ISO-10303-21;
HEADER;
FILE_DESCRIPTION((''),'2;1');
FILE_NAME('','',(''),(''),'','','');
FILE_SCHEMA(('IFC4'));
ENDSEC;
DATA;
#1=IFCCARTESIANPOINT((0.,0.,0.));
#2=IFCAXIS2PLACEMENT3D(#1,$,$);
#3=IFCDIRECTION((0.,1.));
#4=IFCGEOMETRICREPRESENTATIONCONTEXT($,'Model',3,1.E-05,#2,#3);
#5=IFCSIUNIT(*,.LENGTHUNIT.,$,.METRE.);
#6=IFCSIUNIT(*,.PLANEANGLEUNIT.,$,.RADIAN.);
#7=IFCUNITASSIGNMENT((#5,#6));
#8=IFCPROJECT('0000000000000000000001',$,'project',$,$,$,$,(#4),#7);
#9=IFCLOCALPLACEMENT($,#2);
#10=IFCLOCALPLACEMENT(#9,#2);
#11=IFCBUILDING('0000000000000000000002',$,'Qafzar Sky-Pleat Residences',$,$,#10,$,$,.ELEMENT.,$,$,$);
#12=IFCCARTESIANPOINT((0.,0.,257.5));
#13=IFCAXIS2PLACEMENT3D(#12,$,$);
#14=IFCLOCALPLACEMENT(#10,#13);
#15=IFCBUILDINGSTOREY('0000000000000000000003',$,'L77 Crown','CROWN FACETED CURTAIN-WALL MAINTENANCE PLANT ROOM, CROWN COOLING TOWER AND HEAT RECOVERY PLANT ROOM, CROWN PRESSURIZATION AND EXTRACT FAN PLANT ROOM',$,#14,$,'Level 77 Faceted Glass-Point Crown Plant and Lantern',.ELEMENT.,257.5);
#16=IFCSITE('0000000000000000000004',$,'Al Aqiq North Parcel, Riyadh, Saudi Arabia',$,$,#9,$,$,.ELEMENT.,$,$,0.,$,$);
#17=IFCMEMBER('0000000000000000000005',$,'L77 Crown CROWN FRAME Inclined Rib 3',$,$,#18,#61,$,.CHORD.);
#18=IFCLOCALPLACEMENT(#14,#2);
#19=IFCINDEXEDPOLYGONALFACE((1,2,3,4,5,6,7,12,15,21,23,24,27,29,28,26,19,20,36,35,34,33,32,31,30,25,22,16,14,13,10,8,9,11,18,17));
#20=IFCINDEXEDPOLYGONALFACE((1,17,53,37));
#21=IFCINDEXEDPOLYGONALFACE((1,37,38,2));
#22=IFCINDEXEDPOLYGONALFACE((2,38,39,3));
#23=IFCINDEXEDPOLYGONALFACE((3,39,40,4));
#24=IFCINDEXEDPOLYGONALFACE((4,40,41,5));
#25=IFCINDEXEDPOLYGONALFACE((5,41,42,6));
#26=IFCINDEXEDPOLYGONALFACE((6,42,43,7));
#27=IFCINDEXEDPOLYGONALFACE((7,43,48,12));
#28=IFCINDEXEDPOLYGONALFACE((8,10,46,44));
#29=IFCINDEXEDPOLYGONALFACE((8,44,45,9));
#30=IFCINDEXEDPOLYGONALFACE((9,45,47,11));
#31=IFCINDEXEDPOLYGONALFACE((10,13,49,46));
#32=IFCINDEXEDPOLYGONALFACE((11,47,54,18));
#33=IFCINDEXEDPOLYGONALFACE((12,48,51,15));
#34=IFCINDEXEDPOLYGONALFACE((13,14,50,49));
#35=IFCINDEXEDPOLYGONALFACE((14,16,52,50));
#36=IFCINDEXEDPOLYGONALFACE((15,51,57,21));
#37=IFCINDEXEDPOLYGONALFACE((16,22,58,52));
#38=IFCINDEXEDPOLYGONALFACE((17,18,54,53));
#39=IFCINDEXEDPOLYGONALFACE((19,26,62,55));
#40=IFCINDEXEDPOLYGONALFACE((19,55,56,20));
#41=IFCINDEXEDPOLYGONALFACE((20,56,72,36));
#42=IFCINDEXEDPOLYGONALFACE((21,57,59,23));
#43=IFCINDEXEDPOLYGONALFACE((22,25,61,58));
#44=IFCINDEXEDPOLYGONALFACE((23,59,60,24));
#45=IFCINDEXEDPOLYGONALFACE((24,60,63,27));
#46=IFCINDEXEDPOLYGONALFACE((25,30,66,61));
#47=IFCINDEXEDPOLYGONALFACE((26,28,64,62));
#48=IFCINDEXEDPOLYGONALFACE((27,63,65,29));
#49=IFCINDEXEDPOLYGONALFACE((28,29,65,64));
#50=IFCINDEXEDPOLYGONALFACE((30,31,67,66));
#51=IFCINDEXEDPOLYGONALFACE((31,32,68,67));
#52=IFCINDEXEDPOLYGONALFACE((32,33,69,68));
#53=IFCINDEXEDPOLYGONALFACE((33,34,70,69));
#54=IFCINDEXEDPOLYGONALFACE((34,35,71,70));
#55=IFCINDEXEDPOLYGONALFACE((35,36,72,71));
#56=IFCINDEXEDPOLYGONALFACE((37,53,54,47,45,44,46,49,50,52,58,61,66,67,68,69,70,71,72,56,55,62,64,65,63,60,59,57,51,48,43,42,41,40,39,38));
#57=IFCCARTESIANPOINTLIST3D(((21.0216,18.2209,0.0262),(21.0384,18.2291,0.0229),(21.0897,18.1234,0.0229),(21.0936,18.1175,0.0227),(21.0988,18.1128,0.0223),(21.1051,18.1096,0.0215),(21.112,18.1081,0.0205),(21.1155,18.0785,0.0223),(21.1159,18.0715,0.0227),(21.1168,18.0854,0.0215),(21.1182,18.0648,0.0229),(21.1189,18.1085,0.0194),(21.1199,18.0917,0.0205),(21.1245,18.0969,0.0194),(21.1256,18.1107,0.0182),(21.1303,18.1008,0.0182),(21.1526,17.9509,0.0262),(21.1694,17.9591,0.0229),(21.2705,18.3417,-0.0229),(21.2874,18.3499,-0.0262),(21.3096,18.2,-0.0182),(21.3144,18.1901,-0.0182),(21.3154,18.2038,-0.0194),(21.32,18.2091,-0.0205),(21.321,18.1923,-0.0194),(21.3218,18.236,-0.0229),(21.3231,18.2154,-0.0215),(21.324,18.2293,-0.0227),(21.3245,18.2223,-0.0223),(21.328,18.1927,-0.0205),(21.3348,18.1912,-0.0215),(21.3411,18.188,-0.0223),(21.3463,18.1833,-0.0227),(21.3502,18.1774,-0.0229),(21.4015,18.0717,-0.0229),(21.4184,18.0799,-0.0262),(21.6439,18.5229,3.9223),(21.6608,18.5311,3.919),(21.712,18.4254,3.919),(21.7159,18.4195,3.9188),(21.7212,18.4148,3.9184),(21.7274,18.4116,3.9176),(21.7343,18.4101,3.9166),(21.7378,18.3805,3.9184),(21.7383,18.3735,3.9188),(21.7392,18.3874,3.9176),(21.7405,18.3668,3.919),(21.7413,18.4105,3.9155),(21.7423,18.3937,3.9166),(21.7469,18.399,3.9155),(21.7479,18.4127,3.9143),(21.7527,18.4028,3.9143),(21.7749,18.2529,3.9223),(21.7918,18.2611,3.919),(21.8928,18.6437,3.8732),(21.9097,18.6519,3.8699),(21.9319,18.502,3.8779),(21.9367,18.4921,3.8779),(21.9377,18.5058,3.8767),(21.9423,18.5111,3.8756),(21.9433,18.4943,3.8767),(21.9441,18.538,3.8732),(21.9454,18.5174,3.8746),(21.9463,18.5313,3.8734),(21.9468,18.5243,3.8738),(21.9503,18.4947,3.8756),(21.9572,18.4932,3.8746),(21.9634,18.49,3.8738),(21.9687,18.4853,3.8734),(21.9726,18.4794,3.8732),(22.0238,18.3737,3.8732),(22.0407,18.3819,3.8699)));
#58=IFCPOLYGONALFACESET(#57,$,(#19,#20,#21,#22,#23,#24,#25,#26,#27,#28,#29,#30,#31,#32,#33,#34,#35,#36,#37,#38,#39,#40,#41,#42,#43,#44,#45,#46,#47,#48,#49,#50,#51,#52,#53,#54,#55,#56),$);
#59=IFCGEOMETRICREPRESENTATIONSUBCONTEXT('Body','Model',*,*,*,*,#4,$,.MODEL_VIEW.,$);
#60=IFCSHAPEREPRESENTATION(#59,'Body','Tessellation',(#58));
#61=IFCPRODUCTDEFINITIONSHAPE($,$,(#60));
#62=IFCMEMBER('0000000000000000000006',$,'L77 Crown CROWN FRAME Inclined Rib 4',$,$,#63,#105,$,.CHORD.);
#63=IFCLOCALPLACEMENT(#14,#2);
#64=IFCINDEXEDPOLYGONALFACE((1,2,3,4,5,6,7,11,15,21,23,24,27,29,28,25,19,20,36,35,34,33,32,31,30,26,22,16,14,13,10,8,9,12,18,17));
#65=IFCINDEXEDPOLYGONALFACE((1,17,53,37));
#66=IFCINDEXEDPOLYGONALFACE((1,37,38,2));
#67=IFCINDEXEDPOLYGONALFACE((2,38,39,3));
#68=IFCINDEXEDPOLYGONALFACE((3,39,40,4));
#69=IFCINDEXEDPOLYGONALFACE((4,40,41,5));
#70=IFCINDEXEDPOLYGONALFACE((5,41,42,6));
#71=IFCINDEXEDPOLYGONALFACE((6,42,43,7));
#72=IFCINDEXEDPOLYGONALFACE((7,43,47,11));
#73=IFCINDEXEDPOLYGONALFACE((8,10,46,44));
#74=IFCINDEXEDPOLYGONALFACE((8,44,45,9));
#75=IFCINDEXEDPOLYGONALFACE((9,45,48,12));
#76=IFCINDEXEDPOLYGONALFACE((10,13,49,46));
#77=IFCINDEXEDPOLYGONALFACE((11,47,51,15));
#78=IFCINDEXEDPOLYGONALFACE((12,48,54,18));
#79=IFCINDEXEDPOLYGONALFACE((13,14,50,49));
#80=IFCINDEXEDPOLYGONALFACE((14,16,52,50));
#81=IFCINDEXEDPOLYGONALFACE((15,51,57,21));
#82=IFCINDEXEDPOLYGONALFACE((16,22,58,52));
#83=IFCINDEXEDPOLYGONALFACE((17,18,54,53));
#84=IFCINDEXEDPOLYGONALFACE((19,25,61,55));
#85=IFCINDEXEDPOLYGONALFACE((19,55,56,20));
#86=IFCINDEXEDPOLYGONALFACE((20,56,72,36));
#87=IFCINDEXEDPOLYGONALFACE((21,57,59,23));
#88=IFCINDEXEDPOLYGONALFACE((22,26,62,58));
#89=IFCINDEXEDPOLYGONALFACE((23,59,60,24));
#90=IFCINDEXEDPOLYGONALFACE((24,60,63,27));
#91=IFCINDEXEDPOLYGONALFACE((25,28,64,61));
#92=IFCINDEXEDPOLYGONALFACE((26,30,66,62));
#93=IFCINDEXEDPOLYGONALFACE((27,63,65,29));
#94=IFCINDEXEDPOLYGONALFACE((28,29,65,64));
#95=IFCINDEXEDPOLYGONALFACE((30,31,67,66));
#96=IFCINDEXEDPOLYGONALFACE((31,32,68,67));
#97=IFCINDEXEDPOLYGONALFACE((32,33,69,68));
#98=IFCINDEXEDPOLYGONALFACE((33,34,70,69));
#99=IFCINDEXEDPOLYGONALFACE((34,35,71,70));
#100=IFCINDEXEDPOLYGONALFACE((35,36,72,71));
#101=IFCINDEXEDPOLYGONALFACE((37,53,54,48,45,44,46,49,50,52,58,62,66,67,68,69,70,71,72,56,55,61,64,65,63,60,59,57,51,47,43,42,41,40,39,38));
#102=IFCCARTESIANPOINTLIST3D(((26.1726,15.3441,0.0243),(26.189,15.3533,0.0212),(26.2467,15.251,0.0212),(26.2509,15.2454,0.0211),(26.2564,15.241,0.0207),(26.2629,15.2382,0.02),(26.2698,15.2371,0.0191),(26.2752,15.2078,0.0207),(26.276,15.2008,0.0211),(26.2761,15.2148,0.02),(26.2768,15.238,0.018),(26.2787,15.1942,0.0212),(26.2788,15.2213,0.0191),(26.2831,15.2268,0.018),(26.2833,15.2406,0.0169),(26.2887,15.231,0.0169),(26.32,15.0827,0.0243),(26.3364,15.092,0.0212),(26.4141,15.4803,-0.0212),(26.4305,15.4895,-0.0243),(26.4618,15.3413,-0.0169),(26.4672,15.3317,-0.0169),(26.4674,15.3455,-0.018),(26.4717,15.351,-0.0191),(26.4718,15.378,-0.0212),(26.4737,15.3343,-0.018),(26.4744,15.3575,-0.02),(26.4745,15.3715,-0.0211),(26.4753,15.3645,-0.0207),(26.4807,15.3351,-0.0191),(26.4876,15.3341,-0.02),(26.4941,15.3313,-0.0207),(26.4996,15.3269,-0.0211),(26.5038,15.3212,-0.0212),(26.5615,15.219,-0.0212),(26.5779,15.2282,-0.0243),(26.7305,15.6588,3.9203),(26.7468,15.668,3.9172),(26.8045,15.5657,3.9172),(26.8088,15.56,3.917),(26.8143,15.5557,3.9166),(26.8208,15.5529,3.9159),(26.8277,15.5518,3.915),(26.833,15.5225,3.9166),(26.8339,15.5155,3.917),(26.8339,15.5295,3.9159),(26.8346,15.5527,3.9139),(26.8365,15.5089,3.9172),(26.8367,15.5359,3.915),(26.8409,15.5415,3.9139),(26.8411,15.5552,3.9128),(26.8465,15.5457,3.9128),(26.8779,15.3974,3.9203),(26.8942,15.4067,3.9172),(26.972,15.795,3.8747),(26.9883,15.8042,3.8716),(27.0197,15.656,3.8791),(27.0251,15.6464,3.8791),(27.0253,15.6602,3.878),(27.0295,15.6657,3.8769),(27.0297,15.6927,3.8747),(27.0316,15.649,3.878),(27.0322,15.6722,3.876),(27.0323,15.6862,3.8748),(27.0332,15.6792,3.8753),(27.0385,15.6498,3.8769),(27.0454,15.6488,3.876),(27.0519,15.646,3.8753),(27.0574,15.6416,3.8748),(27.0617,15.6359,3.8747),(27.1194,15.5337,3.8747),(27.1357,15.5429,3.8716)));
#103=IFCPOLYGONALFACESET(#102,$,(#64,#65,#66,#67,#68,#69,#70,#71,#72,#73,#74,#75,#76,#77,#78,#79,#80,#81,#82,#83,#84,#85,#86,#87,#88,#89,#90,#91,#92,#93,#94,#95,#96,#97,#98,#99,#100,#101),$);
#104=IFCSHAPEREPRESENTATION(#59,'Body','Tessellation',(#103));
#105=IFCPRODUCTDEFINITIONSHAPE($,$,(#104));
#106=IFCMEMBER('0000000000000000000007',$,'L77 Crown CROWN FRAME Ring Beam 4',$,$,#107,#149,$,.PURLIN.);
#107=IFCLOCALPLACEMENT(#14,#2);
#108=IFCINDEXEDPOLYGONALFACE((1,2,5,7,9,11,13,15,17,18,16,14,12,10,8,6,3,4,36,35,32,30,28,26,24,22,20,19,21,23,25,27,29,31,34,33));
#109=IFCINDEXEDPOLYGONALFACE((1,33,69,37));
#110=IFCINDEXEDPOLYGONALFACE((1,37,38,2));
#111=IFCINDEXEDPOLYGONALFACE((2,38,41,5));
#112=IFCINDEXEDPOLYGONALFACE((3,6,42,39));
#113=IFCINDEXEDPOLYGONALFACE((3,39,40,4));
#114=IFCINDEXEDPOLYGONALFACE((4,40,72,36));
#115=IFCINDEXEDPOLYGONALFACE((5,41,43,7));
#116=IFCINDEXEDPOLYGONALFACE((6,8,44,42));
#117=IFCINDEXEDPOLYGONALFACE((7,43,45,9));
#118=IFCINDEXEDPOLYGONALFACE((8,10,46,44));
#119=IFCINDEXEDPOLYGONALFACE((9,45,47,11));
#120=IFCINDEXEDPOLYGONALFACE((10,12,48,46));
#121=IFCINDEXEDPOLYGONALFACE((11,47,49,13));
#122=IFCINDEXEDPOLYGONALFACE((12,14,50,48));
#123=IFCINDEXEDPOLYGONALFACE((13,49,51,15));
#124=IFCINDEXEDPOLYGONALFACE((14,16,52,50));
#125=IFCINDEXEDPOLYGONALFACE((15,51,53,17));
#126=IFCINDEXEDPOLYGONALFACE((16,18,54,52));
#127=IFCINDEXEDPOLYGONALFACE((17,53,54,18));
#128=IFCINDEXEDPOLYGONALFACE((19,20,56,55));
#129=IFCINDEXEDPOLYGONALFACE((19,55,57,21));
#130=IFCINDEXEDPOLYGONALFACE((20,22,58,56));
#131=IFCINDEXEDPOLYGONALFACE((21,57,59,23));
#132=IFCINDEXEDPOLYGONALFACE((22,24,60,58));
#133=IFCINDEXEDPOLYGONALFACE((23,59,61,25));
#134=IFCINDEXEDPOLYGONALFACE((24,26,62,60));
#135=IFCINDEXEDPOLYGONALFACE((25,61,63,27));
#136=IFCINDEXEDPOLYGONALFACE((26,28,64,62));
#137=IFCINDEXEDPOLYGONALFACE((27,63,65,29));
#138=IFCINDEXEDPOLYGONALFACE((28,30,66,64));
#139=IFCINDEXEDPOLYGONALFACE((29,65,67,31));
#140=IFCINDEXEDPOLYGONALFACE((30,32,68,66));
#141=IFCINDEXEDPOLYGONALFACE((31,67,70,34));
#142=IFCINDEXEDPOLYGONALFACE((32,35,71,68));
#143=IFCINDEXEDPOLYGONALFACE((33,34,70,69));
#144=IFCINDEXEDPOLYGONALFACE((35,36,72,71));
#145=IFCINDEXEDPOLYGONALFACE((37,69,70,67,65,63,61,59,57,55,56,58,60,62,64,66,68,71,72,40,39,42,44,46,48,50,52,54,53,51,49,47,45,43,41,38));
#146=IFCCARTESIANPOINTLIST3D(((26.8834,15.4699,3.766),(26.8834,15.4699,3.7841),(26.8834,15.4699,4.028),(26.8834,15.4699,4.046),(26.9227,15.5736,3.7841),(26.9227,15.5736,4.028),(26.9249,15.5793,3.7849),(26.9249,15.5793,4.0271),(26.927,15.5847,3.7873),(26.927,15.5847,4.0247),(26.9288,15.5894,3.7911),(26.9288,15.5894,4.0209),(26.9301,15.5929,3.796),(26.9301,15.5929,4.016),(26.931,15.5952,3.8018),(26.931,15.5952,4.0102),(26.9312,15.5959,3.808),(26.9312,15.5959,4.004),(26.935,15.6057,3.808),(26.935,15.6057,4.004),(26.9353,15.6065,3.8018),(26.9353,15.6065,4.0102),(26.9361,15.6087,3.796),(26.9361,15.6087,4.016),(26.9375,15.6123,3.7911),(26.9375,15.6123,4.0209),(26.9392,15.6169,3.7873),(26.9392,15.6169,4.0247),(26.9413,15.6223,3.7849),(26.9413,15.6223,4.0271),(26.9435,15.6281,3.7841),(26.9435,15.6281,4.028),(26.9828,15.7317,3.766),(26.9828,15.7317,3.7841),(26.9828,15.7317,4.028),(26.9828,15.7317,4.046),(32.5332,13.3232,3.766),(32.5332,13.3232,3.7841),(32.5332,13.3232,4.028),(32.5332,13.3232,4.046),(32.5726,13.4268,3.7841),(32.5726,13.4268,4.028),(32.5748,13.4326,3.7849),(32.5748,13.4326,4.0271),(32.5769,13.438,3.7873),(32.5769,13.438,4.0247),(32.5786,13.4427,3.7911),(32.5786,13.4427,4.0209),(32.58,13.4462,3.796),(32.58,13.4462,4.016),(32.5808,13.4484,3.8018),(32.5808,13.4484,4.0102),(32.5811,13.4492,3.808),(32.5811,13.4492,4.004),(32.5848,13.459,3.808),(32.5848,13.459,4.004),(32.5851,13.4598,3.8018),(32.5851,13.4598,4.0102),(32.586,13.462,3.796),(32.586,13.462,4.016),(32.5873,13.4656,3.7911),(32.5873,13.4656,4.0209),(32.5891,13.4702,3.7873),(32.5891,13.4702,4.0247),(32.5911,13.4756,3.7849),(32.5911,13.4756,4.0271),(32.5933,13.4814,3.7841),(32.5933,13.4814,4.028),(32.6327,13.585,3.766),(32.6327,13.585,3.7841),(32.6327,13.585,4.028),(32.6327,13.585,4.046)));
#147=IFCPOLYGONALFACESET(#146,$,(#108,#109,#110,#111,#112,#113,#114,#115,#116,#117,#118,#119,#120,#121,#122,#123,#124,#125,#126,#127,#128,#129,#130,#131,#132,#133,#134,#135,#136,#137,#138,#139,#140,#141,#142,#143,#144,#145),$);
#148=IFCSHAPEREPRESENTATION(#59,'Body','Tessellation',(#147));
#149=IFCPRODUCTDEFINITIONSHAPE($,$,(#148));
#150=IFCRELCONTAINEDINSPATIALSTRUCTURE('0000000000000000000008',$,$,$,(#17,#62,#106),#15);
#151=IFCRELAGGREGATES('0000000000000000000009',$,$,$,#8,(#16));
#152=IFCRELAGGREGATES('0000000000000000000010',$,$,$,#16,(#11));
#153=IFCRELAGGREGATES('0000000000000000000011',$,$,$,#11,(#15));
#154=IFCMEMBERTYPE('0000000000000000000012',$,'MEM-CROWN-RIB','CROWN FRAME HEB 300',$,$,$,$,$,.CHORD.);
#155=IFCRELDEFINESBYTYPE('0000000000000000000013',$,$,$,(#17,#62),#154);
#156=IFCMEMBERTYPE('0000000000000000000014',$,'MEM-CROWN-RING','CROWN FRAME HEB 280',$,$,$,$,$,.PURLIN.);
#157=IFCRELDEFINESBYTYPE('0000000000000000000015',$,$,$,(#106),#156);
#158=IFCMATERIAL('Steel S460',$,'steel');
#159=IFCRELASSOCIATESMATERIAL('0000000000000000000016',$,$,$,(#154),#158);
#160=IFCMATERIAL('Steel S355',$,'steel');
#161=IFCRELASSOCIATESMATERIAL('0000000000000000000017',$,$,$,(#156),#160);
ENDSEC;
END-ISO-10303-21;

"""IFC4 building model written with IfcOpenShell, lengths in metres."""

from ifc_helpers import new_model, si_unit, direction, frame, origin, origin_2d, place, context, subcontext, project, spatial, i_section, extrude, source, transform, mapped, material, material_profile, profile_set, type_object, element, save


model = new_model("IFC4")

# Units and contexts
model_context = context("Model", 3, precision=1e-05, world=origin(), true_north=direction((0.0, 1.0)))
body_context = subcontext(model_context, "Body", "Model", "MODEL_VIEW")
ifc_project = project(units=[si_unit("LENGTHUNIT", "METRE"), si_unit("PLANEANGLEUNIT", "RADIAN")], contexts=[model_context])

# Site, building, storey
site_placement = place(None, origin())
site = spatial("IfcSite", under=ifc_project, at=site_placement, Name="Al Aqiq North Parcel, Riyadh, Saudi Arabia", CompositionType="ELEMENT", RefElevation=0.0)
building_placement = place(site_placement, origin())
building = spatial("IfcBuilding", under=site, at=building_placement, Name="Qafzar Sky-Pleat Residences", CompositionType="ELEMENT")
storey_placement = place(building_placement, frame((0.0, 0.0, 257.5)))
storey = spatial("IfcBuildingStorey", under=building, at=storey_placement, Name="L77 Crown", Description="CROWN FACETED CURTAIN-WALL MAINTENANCE PLANT ROOM, CROWN COOLING TOWER AND HEAT RECOVERY PLANT ROOM, CROWN PRESSURIZATION AND EXTRACT FAN PLANT ROOM", LongName="Level 77 Faceted Glass-Point Crown Plant and Lantern", CompositionType="ELEMENT", Elevation=257.5)

# Members
ifc_material_1 = material(Name="Steel S460", Category="steel")
ifc_material_profile_1 = material_profile(ifc_material_1, i_section(OverallWidth=0.3, OverallDepth=0.3, WebThickness=0.011, FlangeThickness=0.019, FilletRadius=0.0271, at=origin_2d()), Name="HEB 300")
ifc_profile_set_1 = profile_set([ifc_material_profile_1], Name="Steel S460")
member_type_1 = type_object("IfcMemberType", Name="MEM-CROWN-RIB", Description="CROWN FRAME HEB 300", PredefinedType="CHORD", material=ifc_profile_set_1)
shared_shape_1 = source(origin(), body_context, "Body", "SweptSolid", [
    extrude(i_section(OverallWidth=0.3, OverallDepth=0.3, WebThickness=0.011, FlangeThickness=0.019, FilletRadius=0.0271, at=origin_2d()), origin(), (0.0, 0.0, 1.0), 3.957),
])
member_1_placement = place(storey_placement, frame((21.22, 18.1504, 0.0), z_axis=(0.157272, 0.076322, 0.984602), x_axis=(-0.436594, 0.899659, 0.0)))
element("IfcMember", 1, at=member_1_placement, inside=storey, type_object=member_type_1, Name="L77 Crown CROWN FRAME Inclined Rib 3", PredefinedType="CHORD", context=body_context, shape_type="MappedRepresentation", body=[
    mapped(shared_shape_1, transform((0.0, 0.0, 0.0), x_axis=(1.0, 0.0, 0.0), y_axis=(0.0, 1.0, 0.0), z_axis=(0.0, 0.0, 1.0), scale=1.0)),
])
shared_shape_2 = source(origin(), body_context, "Body", "SweptSolid", [
    extrude(i_section(OverallWidth=0.3, OverallDepth=0.3, WebThickness=0.011, FlangeThickness=0.019, FilletRadius=0.0271, at=origin_2d()), origin(), (0.0, 0.0, 1.0), 3.9482),
])
member_2_placement = place(storey_placement, frame((26.3752, 15.2861, 0.0), z_axis=(0.141292, 0.079705, 0.986754), x_axis=(-0.491329, 0.870974, 0.0)))
element("IfcMember", 2, at=member_2_placement, inside=storey, type_object=member_type_1, Name="L77 Crown CROWN FRAME Inclined Rib 4", PredefinedType="CHORD", context=body_context, shape_type="MappedRepresentation", body=[
    mapped(shared_shape_2, transform((0.0, 0.0, 0.0), x_axis=(1.0, 0.0, 0.0), y_axis=(0.0, 1.0, 0.0), z_axis=(0.0, 0.0, 1.0), scale=1.0)),
])
ifc_material_2 = material(Name="Steel S355", Category="steel")
ifc_material_profile_2 = material_profile(ifc_material_2, i_section(OverallWidth=0.28, OverallDepth=0.28, WebThickness=0.0105, FlangeThickness=0.0181, FilletRadius=0.0239, at=origin_2d()), Name="HEB 280")
ifc_profile_set_2 = profile_set([ifc_material_profile_2], Name="Steel S355")
member_type_2 = type_object("IfcMemberType", Name="MEM-CROWN-RING", Description="CROWN FRAME HEB 280", PredefinedType="PURLIN", material=ifc_profile_set_2)
shared_shape_3 = source(origin(), body_context, "Body", "SweptSolid", [
    extrude(i_section(OverallWidth=0.28, OverallDepth=0.28, WebThickness=0.0105, FlangeThickness=0.0181, FilletRadius=0.0239, at=origin_2d()), origin(), (0.0, 0.0, 1.0), 6.0439),
])
member_3_placement = place(storey_placement, frame((26.9331, 15.6008, 3.906), z_axis=(0.934796, -0.355184, 0.0), x_axis=(0.355184, 0.934796, 0.0)))
element("IfcMember", 3, at=member_3_placement, inside=storey, type_object=member_type_2, Name="L77 Crown CROWN FRAME Ring Beam 4", PredefinedType="PURLIN", context=body_context, shape_type="MappedRepresentation", body=[
    mapped(shared_shape_3, transform((0.0, 0.0, 0.0), x_axis=(1.0, 0.0, 0.0), y_axis=(0.0, 1.0, 0.0), z_axis=(0.0, 0.0, 1.0), scale=1.0)),
])

save(model, "model.ifc")
